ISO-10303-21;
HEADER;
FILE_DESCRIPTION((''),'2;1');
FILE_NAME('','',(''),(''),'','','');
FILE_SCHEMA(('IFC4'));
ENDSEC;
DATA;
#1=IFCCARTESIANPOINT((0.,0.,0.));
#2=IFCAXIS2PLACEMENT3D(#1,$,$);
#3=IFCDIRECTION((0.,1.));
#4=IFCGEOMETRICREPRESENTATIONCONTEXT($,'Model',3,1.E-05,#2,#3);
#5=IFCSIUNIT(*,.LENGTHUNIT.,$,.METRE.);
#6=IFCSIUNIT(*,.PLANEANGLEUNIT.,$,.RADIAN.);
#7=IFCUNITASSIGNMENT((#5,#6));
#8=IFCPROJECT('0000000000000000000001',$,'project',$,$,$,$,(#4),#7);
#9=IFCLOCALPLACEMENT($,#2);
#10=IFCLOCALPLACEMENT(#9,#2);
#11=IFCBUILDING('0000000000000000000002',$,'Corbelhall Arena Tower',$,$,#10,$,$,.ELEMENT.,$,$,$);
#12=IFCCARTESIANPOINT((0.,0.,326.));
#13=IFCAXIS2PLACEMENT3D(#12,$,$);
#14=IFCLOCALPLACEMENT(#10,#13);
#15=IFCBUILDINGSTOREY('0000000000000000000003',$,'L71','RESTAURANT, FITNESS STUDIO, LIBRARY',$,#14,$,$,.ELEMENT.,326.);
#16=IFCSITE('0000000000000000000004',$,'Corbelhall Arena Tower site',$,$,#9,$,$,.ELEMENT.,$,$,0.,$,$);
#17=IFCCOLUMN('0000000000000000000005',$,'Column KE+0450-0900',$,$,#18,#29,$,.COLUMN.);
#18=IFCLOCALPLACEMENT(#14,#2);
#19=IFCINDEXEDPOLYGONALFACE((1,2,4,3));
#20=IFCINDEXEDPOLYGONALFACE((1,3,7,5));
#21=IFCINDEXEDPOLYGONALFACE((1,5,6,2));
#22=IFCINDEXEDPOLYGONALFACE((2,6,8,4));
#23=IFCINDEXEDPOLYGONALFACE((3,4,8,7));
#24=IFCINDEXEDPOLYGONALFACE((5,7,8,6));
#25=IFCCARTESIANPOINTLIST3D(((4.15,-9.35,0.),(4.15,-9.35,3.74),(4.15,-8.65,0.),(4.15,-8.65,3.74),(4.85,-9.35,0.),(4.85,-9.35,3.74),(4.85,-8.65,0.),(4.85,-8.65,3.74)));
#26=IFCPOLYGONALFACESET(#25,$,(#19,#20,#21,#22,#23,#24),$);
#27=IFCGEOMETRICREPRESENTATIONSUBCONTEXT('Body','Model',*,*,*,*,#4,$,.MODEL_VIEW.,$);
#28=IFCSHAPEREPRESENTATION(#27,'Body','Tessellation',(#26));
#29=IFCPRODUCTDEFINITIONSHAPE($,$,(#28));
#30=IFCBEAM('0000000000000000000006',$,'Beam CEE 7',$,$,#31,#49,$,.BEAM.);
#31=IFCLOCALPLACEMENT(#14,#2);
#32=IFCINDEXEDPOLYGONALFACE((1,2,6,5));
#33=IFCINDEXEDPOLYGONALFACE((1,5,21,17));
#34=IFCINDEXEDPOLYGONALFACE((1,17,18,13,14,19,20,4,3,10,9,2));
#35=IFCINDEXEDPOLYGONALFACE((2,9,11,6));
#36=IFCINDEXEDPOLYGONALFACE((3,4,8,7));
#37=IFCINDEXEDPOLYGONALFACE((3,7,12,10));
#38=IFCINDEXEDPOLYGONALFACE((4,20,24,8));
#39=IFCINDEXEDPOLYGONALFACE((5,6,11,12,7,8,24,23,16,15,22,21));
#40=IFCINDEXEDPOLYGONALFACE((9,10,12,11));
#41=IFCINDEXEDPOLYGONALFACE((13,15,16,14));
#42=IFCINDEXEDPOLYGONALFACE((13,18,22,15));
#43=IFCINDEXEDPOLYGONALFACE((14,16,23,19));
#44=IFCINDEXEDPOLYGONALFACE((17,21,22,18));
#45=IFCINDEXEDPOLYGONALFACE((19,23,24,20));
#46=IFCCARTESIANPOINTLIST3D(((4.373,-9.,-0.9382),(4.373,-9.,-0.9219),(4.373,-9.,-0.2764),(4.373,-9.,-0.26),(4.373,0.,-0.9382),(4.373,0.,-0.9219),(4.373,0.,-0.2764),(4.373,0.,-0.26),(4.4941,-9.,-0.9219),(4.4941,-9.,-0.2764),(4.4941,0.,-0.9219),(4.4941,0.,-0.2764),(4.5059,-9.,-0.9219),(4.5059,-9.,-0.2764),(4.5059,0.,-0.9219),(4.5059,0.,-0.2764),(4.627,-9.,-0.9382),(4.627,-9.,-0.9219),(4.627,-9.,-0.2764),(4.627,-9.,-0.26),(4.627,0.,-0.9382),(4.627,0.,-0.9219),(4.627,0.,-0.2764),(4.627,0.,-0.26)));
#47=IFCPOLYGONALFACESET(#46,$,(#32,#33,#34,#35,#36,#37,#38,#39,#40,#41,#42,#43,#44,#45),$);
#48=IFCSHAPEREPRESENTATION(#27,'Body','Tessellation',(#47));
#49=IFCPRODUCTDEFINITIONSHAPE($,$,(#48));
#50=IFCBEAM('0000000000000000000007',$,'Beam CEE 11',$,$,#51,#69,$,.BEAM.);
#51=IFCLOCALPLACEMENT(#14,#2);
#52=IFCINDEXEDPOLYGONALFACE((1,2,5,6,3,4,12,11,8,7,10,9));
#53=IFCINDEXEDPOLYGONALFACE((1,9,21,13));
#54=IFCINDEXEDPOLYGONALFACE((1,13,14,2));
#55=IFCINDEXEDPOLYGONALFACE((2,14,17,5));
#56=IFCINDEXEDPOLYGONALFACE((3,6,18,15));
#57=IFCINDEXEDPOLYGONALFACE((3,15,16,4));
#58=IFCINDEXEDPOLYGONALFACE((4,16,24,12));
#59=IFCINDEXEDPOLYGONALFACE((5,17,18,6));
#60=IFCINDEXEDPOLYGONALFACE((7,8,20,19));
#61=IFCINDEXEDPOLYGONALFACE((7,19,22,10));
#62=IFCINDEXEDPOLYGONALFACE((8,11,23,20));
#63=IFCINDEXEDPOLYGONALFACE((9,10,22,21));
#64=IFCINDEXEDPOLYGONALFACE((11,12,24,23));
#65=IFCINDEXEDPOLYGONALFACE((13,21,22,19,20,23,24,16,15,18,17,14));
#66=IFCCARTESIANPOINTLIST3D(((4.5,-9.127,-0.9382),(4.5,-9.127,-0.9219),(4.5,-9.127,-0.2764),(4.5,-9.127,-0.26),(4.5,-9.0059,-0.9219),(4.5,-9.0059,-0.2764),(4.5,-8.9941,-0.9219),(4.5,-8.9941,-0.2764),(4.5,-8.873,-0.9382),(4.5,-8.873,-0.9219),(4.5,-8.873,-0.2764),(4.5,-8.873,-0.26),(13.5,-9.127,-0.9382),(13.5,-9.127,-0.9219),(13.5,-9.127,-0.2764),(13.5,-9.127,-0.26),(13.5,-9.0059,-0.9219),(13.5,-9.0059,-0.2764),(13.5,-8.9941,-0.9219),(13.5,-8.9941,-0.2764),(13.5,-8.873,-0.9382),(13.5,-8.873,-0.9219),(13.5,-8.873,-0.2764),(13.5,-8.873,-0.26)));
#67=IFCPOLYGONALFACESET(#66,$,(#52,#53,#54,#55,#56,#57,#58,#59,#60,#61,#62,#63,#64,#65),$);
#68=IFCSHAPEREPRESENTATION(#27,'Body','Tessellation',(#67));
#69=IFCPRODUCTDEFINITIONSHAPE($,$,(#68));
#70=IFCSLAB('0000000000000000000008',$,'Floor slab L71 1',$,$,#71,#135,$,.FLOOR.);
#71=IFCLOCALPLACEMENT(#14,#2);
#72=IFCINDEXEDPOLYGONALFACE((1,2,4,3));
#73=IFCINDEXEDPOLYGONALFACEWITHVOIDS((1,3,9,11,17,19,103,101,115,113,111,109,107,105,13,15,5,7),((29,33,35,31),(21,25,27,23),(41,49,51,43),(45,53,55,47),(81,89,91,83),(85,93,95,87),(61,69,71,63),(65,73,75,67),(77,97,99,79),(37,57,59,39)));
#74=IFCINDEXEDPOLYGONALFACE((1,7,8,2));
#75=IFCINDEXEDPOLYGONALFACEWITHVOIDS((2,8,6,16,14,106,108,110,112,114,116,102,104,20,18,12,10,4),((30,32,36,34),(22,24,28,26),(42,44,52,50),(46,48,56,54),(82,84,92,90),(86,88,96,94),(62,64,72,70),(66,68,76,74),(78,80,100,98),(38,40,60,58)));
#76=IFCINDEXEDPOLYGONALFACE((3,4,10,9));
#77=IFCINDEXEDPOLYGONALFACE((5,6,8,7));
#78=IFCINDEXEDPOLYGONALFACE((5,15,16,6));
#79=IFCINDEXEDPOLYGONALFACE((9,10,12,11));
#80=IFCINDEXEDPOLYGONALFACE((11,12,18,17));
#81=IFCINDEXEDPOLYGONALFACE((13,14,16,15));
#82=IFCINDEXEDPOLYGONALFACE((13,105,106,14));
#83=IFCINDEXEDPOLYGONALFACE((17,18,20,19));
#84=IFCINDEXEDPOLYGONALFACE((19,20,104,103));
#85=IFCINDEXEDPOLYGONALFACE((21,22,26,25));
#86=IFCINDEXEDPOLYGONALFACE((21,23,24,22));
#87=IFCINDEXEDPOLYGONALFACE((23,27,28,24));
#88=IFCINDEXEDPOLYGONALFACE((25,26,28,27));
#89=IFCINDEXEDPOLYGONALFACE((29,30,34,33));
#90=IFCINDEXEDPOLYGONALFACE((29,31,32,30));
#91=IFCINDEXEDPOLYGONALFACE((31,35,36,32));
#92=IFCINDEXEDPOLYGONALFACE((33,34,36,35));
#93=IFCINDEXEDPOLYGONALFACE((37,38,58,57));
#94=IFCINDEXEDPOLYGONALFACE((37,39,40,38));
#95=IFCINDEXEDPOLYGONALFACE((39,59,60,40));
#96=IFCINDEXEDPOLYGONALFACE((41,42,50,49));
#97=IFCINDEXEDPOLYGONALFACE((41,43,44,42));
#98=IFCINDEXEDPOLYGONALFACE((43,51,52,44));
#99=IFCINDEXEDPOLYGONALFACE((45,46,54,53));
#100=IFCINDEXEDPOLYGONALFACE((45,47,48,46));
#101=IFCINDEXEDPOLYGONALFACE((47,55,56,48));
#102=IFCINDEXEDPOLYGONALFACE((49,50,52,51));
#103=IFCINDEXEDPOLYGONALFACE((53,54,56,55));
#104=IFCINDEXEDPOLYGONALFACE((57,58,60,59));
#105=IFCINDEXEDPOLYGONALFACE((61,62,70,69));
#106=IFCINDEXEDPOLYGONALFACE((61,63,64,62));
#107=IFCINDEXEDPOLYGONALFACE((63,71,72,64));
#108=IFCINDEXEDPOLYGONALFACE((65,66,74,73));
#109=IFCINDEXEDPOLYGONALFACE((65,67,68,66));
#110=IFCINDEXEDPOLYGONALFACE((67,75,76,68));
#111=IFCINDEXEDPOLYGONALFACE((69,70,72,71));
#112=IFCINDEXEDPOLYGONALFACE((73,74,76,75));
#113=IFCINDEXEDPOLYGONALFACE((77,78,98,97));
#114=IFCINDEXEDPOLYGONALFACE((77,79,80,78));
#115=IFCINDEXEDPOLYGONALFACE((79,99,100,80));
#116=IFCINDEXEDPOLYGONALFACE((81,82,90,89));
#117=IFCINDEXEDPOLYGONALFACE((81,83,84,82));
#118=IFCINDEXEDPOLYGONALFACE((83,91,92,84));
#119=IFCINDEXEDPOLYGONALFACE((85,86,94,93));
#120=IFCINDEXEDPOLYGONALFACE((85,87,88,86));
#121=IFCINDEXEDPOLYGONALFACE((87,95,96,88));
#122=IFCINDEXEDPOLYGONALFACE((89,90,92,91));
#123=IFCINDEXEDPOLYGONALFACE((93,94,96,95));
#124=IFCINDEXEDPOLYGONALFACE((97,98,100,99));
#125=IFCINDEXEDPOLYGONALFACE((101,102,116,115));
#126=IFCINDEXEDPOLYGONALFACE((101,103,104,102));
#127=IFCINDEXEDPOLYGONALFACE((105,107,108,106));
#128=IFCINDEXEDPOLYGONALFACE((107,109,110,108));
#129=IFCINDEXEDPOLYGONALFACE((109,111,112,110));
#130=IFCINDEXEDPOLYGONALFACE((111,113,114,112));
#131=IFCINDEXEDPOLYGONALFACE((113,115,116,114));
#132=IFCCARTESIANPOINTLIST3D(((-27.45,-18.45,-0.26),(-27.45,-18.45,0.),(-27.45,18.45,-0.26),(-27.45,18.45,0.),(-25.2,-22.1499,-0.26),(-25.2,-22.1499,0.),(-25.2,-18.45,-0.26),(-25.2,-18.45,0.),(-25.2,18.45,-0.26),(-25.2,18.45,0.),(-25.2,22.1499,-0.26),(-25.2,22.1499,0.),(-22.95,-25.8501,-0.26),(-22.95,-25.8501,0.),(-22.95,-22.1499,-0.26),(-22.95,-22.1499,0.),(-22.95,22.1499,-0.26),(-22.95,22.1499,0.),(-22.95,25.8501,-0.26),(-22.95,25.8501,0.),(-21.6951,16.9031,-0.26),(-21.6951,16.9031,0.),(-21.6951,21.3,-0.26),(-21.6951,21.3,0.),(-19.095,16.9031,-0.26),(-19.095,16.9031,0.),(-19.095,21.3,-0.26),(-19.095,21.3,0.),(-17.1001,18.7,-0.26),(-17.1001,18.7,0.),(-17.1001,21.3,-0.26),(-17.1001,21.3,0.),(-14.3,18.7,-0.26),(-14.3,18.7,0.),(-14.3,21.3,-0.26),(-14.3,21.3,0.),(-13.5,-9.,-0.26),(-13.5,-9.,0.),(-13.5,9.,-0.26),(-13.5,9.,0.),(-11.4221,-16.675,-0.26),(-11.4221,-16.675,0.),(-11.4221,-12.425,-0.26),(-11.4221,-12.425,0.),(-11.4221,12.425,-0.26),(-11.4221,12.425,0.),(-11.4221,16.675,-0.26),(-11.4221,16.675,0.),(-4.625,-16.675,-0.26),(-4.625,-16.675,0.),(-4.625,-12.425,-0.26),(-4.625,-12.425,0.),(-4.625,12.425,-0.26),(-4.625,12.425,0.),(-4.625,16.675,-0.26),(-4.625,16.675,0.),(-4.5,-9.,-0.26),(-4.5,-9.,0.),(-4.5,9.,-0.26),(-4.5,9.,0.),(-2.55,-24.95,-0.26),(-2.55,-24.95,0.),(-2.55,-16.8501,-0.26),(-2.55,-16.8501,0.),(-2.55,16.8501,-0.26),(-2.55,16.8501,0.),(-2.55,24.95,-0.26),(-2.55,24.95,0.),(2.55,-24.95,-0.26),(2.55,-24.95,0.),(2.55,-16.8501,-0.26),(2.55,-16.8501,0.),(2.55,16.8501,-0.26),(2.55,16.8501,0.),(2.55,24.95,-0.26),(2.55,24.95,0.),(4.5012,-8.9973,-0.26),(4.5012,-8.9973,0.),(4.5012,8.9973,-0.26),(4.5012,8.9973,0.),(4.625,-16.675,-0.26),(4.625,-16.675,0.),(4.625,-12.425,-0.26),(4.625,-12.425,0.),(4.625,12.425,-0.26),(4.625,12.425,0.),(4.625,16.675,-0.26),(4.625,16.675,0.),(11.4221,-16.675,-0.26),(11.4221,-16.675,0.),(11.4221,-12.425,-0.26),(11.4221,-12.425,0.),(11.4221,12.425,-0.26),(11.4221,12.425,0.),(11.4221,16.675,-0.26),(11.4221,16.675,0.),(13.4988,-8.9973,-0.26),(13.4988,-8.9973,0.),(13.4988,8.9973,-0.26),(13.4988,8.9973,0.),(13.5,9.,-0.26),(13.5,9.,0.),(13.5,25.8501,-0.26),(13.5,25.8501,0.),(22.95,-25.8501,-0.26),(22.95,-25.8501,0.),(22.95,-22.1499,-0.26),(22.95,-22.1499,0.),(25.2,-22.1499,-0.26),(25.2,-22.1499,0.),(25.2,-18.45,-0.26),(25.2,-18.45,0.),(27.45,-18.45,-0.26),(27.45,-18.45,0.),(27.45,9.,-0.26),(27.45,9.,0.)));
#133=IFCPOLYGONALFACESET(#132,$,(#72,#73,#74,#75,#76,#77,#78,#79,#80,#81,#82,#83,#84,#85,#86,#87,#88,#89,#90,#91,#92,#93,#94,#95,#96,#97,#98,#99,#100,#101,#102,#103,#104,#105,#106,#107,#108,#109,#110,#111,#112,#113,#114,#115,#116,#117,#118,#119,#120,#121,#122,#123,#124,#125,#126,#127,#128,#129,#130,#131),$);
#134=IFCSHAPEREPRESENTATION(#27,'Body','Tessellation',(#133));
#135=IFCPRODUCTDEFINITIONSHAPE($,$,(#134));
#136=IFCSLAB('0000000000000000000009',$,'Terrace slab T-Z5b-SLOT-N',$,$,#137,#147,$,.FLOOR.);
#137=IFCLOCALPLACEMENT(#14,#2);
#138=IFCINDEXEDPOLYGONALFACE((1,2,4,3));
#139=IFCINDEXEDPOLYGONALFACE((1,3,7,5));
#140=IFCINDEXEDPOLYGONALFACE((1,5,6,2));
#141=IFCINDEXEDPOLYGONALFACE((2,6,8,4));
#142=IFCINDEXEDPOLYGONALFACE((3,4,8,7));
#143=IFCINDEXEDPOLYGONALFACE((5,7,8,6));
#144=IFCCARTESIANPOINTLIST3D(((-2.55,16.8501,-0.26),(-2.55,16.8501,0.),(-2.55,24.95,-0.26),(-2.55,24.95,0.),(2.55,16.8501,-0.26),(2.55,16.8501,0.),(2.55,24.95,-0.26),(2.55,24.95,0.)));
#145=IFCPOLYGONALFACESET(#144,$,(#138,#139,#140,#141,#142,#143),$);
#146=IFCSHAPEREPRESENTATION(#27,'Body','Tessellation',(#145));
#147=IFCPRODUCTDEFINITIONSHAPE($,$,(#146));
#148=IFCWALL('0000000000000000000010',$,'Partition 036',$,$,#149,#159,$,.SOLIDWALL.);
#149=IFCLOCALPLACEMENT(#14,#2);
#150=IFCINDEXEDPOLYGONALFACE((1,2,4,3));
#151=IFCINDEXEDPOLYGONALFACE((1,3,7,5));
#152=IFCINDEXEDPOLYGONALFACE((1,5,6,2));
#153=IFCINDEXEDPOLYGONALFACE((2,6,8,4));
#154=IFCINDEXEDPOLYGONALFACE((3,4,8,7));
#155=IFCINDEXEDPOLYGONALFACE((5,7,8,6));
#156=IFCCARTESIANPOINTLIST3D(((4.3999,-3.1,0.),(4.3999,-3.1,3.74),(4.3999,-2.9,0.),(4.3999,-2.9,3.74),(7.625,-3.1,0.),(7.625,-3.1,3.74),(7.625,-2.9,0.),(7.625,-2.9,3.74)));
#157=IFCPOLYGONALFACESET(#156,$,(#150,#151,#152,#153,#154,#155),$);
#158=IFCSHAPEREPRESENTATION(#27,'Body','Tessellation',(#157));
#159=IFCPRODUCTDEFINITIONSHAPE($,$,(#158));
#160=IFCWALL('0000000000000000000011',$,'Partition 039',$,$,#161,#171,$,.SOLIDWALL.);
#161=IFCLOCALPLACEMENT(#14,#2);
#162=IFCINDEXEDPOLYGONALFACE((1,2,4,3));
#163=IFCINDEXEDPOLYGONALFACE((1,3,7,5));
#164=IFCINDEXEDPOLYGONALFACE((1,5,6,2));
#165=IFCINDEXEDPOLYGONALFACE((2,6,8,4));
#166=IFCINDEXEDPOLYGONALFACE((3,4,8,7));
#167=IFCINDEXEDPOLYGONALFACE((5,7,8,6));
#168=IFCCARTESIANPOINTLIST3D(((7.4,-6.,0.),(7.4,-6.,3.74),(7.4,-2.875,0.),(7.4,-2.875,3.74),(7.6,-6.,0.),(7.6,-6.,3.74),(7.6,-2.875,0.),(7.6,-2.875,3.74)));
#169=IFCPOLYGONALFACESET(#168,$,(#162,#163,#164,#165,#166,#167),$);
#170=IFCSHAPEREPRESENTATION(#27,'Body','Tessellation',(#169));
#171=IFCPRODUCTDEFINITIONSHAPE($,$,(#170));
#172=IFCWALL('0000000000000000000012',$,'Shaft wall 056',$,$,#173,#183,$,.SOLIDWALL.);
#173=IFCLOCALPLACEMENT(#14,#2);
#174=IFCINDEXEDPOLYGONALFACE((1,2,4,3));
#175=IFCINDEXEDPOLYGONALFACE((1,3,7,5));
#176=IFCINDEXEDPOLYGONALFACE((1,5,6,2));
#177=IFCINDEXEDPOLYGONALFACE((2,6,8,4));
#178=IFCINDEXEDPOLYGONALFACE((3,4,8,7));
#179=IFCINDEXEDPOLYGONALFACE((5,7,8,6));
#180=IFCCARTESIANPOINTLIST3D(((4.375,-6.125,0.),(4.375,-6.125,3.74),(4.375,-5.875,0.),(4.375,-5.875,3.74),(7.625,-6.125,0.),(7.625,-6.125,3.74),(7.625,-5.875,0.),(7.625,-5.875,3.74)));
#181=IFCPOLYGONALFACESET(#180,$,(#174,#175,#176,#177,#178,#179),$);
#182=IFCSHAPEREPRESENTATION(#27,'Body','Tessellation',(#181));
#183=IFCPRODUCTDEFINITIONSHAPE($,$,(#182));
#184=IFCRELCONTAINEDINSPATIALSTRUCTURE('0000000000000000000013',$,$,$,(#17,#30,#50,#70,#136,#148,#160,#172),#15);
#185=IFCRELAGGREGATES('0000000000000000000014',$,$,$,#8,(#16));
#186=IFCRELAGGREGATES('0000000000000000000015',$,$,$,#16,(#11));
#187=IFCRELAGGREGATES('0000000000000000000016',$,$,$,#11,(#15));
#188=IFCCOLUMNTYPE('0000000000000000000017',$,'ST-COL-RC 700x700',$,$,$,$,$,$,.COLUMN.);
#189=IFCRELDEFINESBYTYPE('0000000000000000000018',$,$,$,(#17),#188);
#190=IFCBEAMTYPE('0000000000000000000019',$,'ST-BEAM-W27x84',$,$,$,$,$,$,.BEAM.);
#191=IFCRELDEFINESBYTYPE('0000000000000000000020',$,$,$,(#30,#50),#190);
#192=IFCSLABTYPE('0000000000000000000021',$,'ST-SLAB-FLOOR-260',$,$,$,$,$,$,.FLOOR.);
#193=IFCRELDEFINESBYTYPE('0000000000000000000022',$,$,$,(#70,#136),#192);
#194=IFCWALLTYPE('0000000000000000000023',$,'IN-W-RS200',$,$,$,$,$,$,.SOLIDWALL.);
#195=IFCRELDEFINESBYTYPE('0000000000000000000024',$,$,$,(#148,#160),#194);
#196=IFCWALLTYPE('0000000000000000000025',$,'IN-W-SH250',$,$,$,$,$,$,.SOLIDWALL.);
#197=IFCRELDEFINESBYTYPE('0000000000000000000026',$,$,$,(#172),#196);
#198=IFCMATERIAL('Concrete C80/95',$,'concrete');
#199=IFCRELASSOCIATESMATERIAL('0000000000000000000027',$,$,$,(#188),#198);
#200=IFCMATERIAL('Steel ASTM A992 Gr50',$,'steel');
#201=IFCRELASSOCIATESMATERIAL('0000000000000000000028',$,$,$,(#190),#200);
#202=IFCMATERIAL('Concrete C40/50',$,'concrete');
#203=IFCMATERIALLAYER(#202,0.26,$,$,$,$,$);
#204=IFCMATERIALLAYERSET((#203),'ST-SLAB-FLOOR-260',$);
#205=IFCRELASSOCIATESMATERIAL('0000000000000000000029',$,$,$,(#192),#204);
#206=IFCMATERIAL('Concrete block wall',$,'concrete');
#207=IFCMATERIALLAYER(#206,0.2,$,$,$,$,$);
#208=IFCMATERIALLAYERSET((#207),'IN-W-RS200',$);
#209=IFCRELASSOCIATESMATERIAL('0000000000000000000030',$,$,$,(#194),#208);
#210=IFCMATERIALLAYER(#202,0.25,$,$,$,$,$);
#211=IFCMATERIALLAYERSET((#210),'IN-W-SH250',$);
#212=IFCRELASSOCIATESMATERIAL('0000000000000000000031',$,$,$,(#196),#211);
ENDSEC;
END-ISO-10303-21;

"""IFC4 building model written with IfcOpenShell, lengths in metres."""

from ifc_helpers import new_model, si_unit, direction, frame, frame_2d, origin, origin_2d, place, context, subcontext, project, spatial, polyline, rectangle, i_section, outline, extrude, material, layer, layer_set, material_profile, profile_set, type_object, element, save


model = new_model("IFC4")

# Units and contexts
model_context = context("Model", 3, precision=1e-05, world=origin(), true_north=direction((0.0, 1.0)))
body_context = subcontext(model_context, "Body", "Model", "MODEL_VIEW")
ifc_project = project(units=[si_unit("LENGTHUNIT", "METRE"), si_unit("PLANEANGLEUNIT", "RADIAN")], contexts=[model_context])

# Site, building, storey
site_placement = place(None, origin())
site = spatial("IfcSite", under=ifc_project, at=site_placement, Name="Corbelhall Arena Tower site", CompositionType="ELEMENT", RefElevation=0.0)
building_placement = place(site_placement, origin())
building = spatial("IfcBuilding", under=site, at=building_placement, Name="Corbelhall Arena Tower", CompositionType="ELEMENT")
storey_placement = place(building_placement, frame((0.0, 0.0, 326.0)))
storey = spatial("IfcBuildingStorey", under=building, at=storey_placement, Name="L71", Description="RESTAURANT, FITNESS STUDIO, LIBRARY", CompositionType="ELEMENT", Elevation=326.0)

# Column
ifc_material_1 = material(Name="Concrete C80/95", Category="concrete")
ifc_material_profile_1 = material_profile(ifc_material_1, rectangle(XDim=0.7, YDim=0.7, at=origin_2d()))
ifc_profile_set_1 = profile_set([ifc_material_profile_1], Name="Concrete C80/95")
column_type = type_object("IfcColumnType", Name="ST-COL-RC 700x700", PredefinedType="COLUMN", material=ifc_profile_set_1)
column_placement = place(storey_placement, frame((4.5, -9.0, 0.0), z_axis=(0.0, 0.0, 1.0), x_axis=(1.0, 0.0, 0.0)))
element("IfcColumn", 1, at=column_placement, inside=storey, type_object=column_type, Name="Column KE+0450-0900", PredefinedType="COLUMN", context=body_context, shape_type="SweptSolid", body=[
    extrude(rectangle(XDim=0.7, YDim=0.7, at=origin_2d()), origin(), (0.0, 0.0, 1.0), 3.74),
])

# Beams
ifc_material_2 = material(Name="Steel ASTM A992 Gr50", Category="steel")
ifc_material_profile_2 = material_profile(ifc_material_2, i_section(OverallWidth=0.2539, OverallDepth=0.6782, WebThickness=0.0117, FlangeThickness=0.0164, at=origin_2d()))
ifc_profile_set_2 = profile_set([ifc_material_profile_2], Name="Steel ASTM A992 Gr50")
beam_type = type_object("IfcBeamType", Name="ST-BEAM-W27x84", PredefinedType="BEAM", material=ifc_profile_set_2)
for number, where, z_axis, x_axis, name in (
    (2, (4.5, -9.0, -0.5991), (0.0, 1.0, 0.0), (-1.0, 0.0, 0.0), "Beam CEE 7"),
    (3, (4.5, -9.0, -0.5991), (1.0, 0.0, 0.0), (0.0, 1.0, 0.0), "Beam CEE 11"),
):
    element("IfcBeam", number, at=place(storey_placement, frame(where, z_axis=z_axis, x_axis=x_axis)), inside=storey, type_object=beam_type, Name=name, PredefinedType="BEAM", context=body_context, shape_type="SweptSolid", body=[
        extrude(i_section(OverallWidth=0.2539, OverallDepth=0.6782, WebThickness=0.0117, FlangeThickness=0.0164, at=origin_2d()), origin(), (0.0, 0.0, 1.0), 9.0),
    ])

# Slabs
ifc_material_3 = material(Name="Concrete C40/50", Category="concrete")
ifc_layer_1 = layer(ifc_material_3, 0.26)
ifc_layer_set_1 = layer_set([ifc_layer_1], Name="ST-SLAB-FLOOR-260")
slab_type = type_object("IfcSlabType", Name="ST-SLAB-FLOOR-260", PredefinedType="FLOOR", material=ifc_layer_set_1)
slab_1_placement = place(storey_placement, frame((0.0, 0.0, -0.26)))
element("IfcSlab", 4, at=slab_1_placement, inside=storey, type_object=slab_type, Name="Floor slab L71 1", PredefinedType="FLOOR", context=body_context, shape_type="SweptSolid", body=[
    extrude(outline(polyline([(22.95, -22.1499), (25.2, -22.1499), (25.2, -18.45), (27.45, -18.45), (27.45, 9.0), (13.5, 9.0), (13.5, 25.8501), (-22.95, 25.8501), (-22.95, 22.1499), (-25.2, 22.1499), (-25.2, 18.45), (-27.45, 18.45), (-27.45, -18.45), (-25.2, -18.45), (-25.2, -22.1499), (-22.95, -22.1499), (-22.95, -25.8501), (22.95, -25.8501), (22.95, -22.1499)]), holes=[polyline([(4.5012, 8.9973), (4.5012, -8.9973), (13.4988, -8.9973), (13.4988, 8.9973), (4.5012, 8.9973)]), polyline([(2.55, 24.95), (-2.55, 24.95), (-2.55, 16.8501), (2.55, 16.8501), (2.55, 24.95)]), polyline([(2.55, -24.95), (2.55, -16.8501), (-2.55, -16.8501), (-2.55, -24.95), (2.55, -24.95)]), polyline([(-13.5, 9.0), (-13.5, -9.0), (-4.5, -9.0), (-4.5, 9.0), (-13.5, 9.0)]), polyline([(-4.625, 16.675), (-11.4221, 16.675), (-11.4221, 12.425), (-4.625, 12.425), (-4.625, 16.675)]), polyline([(-4.625, -16.675), (-4.625, -12.425), (-11.4221, -12.425), (-11.4221, -16.675), (-4.625, -16.675)]), polyline([(11.4221, 16.675), (4.625, 16.675), (4.625, 12.425), (11.4221, 12.425), (11.4221, 16.675)]), polyline([(11.4221, -16.675), (11.4221, -12.425), (4.625, -12.425), (4.625, -16.675), (11.4221, -16.675)]), polyline([(-21.6951, 21.3), (-21.6951, 16.9031), (-19.095, 16.9031), (-19.095, 21.3), (-21.6951, 21.3)]), polyline([(-14.3, 21.3), (-17.1001, 21.3), (-17.1001, 18.7), (-14.3, 18.7), (-14.3, 21.3)])]), origin(), (0.0, 0.0, 1.0), 0.26),
])
slab_2_placement = place(storey_placement, frame((0.0, 0.0, -0.26)))
element("IfcSlab", 5, at=slab_2_placement, inside=storey, type_object=slab_type, Name="Terrace slab T-Z5b-SLOT-N", PredefinedType="FLOOR", context=body_context, shape_type="SweptSolid", body=[
    extrude(outline(polyline([(2.55, 16.8501), (2.55, 24.95), (-2.55, 24.95), (-2.55, 16.8501), (2.55, 16.8501)])), origin(), (0.0, 0.0, 1.0), 0.26),
])

# Walls
ifc_material_4 = material(Name="Concrete block wall", Category="concrete")
ifc_layer_2 = layer(ifc_material_4, 0.2)
ifc_layer_set_2 = layer_set([ifc_layer_2], Name="IN-W-RS200")
wall_type_1 = type_object("IfcWallType", Name="IN-W-RS200", PredefinedType="SOLIDWALL", material=ifc_layer_set_2)
wall_1_placement = place(storey_placement, frame((4.3999, -3.0, 0.0), z_axis=(0.0, 0.0, 1.0), x_axis=(1.0, 0.0, 0.0)))
element("IfcWall", 6, at=wall_1_placement, inside=storey, type_object=wall_type_1, Name="Partition 036", PredefinedType="SOLIDWALL", context=body_context, shape_type="SweptSolid", body=[
    extrude(rectangle(XDim=3.2251, YDim=0.2, at=frame_2d((1.6125, 0.0))), origin(), (0.0, 0.0, 1.0), 3.74),
])
wall_2_placement = place(storey_placement, frame((7.5, -2.875, 0.0), z_axis=(0.0, 0.0, 1.0), x_axis=(0.0, -1.0, 0.0)))
element("IfcWall", 7, at=wall_2_placement, inside=storey, type_object=wall_type_1, Name="Partition 039", PredefinedType="SOLIDWALL", context=body_context, shape_type="SweptSolid", body=[
    extrude(rectangle(XDim=3.125, YDim=0.2, at=frame_2d((1.5625, 0.0))), origin(), (0.0, 0.0, 1.0), 3.74),
])

# Wall
ifc_layer_3 = layer(ifc_material_3, 0.25)
ifc_layer_set_3 = layer_set([ifc_layer_3], Name="IN-W-SH250")
wall_type_2 = type_object("IfcWallType", Name="IN-W-SH250", PredefinedType="SOLIDWALL", material=ifc_layer_set_3)
wall_3_placement = place(storey_placement, frame((4.375, -6.0, 0.0), z_axis=(0.0, 0.0, 1.0), x_axis=(1.0, 0.0, 0.0)))
element("IfcWall", 8, at=wall_3_placement, inside=storey, type_object=wall_type_2, Name="Shaft wall 056", PredefinedType="SOLIDWALL", context=body_context, shape_type="SweptSolid", body=[
    extrude(rectangle(XDim=3.25, YDim=0.25, at=frame_2d((1.625, 0.0))), origin(), (0.0, 0.0, 1.0), 3.74),
])

save(model, "model.ifc")
